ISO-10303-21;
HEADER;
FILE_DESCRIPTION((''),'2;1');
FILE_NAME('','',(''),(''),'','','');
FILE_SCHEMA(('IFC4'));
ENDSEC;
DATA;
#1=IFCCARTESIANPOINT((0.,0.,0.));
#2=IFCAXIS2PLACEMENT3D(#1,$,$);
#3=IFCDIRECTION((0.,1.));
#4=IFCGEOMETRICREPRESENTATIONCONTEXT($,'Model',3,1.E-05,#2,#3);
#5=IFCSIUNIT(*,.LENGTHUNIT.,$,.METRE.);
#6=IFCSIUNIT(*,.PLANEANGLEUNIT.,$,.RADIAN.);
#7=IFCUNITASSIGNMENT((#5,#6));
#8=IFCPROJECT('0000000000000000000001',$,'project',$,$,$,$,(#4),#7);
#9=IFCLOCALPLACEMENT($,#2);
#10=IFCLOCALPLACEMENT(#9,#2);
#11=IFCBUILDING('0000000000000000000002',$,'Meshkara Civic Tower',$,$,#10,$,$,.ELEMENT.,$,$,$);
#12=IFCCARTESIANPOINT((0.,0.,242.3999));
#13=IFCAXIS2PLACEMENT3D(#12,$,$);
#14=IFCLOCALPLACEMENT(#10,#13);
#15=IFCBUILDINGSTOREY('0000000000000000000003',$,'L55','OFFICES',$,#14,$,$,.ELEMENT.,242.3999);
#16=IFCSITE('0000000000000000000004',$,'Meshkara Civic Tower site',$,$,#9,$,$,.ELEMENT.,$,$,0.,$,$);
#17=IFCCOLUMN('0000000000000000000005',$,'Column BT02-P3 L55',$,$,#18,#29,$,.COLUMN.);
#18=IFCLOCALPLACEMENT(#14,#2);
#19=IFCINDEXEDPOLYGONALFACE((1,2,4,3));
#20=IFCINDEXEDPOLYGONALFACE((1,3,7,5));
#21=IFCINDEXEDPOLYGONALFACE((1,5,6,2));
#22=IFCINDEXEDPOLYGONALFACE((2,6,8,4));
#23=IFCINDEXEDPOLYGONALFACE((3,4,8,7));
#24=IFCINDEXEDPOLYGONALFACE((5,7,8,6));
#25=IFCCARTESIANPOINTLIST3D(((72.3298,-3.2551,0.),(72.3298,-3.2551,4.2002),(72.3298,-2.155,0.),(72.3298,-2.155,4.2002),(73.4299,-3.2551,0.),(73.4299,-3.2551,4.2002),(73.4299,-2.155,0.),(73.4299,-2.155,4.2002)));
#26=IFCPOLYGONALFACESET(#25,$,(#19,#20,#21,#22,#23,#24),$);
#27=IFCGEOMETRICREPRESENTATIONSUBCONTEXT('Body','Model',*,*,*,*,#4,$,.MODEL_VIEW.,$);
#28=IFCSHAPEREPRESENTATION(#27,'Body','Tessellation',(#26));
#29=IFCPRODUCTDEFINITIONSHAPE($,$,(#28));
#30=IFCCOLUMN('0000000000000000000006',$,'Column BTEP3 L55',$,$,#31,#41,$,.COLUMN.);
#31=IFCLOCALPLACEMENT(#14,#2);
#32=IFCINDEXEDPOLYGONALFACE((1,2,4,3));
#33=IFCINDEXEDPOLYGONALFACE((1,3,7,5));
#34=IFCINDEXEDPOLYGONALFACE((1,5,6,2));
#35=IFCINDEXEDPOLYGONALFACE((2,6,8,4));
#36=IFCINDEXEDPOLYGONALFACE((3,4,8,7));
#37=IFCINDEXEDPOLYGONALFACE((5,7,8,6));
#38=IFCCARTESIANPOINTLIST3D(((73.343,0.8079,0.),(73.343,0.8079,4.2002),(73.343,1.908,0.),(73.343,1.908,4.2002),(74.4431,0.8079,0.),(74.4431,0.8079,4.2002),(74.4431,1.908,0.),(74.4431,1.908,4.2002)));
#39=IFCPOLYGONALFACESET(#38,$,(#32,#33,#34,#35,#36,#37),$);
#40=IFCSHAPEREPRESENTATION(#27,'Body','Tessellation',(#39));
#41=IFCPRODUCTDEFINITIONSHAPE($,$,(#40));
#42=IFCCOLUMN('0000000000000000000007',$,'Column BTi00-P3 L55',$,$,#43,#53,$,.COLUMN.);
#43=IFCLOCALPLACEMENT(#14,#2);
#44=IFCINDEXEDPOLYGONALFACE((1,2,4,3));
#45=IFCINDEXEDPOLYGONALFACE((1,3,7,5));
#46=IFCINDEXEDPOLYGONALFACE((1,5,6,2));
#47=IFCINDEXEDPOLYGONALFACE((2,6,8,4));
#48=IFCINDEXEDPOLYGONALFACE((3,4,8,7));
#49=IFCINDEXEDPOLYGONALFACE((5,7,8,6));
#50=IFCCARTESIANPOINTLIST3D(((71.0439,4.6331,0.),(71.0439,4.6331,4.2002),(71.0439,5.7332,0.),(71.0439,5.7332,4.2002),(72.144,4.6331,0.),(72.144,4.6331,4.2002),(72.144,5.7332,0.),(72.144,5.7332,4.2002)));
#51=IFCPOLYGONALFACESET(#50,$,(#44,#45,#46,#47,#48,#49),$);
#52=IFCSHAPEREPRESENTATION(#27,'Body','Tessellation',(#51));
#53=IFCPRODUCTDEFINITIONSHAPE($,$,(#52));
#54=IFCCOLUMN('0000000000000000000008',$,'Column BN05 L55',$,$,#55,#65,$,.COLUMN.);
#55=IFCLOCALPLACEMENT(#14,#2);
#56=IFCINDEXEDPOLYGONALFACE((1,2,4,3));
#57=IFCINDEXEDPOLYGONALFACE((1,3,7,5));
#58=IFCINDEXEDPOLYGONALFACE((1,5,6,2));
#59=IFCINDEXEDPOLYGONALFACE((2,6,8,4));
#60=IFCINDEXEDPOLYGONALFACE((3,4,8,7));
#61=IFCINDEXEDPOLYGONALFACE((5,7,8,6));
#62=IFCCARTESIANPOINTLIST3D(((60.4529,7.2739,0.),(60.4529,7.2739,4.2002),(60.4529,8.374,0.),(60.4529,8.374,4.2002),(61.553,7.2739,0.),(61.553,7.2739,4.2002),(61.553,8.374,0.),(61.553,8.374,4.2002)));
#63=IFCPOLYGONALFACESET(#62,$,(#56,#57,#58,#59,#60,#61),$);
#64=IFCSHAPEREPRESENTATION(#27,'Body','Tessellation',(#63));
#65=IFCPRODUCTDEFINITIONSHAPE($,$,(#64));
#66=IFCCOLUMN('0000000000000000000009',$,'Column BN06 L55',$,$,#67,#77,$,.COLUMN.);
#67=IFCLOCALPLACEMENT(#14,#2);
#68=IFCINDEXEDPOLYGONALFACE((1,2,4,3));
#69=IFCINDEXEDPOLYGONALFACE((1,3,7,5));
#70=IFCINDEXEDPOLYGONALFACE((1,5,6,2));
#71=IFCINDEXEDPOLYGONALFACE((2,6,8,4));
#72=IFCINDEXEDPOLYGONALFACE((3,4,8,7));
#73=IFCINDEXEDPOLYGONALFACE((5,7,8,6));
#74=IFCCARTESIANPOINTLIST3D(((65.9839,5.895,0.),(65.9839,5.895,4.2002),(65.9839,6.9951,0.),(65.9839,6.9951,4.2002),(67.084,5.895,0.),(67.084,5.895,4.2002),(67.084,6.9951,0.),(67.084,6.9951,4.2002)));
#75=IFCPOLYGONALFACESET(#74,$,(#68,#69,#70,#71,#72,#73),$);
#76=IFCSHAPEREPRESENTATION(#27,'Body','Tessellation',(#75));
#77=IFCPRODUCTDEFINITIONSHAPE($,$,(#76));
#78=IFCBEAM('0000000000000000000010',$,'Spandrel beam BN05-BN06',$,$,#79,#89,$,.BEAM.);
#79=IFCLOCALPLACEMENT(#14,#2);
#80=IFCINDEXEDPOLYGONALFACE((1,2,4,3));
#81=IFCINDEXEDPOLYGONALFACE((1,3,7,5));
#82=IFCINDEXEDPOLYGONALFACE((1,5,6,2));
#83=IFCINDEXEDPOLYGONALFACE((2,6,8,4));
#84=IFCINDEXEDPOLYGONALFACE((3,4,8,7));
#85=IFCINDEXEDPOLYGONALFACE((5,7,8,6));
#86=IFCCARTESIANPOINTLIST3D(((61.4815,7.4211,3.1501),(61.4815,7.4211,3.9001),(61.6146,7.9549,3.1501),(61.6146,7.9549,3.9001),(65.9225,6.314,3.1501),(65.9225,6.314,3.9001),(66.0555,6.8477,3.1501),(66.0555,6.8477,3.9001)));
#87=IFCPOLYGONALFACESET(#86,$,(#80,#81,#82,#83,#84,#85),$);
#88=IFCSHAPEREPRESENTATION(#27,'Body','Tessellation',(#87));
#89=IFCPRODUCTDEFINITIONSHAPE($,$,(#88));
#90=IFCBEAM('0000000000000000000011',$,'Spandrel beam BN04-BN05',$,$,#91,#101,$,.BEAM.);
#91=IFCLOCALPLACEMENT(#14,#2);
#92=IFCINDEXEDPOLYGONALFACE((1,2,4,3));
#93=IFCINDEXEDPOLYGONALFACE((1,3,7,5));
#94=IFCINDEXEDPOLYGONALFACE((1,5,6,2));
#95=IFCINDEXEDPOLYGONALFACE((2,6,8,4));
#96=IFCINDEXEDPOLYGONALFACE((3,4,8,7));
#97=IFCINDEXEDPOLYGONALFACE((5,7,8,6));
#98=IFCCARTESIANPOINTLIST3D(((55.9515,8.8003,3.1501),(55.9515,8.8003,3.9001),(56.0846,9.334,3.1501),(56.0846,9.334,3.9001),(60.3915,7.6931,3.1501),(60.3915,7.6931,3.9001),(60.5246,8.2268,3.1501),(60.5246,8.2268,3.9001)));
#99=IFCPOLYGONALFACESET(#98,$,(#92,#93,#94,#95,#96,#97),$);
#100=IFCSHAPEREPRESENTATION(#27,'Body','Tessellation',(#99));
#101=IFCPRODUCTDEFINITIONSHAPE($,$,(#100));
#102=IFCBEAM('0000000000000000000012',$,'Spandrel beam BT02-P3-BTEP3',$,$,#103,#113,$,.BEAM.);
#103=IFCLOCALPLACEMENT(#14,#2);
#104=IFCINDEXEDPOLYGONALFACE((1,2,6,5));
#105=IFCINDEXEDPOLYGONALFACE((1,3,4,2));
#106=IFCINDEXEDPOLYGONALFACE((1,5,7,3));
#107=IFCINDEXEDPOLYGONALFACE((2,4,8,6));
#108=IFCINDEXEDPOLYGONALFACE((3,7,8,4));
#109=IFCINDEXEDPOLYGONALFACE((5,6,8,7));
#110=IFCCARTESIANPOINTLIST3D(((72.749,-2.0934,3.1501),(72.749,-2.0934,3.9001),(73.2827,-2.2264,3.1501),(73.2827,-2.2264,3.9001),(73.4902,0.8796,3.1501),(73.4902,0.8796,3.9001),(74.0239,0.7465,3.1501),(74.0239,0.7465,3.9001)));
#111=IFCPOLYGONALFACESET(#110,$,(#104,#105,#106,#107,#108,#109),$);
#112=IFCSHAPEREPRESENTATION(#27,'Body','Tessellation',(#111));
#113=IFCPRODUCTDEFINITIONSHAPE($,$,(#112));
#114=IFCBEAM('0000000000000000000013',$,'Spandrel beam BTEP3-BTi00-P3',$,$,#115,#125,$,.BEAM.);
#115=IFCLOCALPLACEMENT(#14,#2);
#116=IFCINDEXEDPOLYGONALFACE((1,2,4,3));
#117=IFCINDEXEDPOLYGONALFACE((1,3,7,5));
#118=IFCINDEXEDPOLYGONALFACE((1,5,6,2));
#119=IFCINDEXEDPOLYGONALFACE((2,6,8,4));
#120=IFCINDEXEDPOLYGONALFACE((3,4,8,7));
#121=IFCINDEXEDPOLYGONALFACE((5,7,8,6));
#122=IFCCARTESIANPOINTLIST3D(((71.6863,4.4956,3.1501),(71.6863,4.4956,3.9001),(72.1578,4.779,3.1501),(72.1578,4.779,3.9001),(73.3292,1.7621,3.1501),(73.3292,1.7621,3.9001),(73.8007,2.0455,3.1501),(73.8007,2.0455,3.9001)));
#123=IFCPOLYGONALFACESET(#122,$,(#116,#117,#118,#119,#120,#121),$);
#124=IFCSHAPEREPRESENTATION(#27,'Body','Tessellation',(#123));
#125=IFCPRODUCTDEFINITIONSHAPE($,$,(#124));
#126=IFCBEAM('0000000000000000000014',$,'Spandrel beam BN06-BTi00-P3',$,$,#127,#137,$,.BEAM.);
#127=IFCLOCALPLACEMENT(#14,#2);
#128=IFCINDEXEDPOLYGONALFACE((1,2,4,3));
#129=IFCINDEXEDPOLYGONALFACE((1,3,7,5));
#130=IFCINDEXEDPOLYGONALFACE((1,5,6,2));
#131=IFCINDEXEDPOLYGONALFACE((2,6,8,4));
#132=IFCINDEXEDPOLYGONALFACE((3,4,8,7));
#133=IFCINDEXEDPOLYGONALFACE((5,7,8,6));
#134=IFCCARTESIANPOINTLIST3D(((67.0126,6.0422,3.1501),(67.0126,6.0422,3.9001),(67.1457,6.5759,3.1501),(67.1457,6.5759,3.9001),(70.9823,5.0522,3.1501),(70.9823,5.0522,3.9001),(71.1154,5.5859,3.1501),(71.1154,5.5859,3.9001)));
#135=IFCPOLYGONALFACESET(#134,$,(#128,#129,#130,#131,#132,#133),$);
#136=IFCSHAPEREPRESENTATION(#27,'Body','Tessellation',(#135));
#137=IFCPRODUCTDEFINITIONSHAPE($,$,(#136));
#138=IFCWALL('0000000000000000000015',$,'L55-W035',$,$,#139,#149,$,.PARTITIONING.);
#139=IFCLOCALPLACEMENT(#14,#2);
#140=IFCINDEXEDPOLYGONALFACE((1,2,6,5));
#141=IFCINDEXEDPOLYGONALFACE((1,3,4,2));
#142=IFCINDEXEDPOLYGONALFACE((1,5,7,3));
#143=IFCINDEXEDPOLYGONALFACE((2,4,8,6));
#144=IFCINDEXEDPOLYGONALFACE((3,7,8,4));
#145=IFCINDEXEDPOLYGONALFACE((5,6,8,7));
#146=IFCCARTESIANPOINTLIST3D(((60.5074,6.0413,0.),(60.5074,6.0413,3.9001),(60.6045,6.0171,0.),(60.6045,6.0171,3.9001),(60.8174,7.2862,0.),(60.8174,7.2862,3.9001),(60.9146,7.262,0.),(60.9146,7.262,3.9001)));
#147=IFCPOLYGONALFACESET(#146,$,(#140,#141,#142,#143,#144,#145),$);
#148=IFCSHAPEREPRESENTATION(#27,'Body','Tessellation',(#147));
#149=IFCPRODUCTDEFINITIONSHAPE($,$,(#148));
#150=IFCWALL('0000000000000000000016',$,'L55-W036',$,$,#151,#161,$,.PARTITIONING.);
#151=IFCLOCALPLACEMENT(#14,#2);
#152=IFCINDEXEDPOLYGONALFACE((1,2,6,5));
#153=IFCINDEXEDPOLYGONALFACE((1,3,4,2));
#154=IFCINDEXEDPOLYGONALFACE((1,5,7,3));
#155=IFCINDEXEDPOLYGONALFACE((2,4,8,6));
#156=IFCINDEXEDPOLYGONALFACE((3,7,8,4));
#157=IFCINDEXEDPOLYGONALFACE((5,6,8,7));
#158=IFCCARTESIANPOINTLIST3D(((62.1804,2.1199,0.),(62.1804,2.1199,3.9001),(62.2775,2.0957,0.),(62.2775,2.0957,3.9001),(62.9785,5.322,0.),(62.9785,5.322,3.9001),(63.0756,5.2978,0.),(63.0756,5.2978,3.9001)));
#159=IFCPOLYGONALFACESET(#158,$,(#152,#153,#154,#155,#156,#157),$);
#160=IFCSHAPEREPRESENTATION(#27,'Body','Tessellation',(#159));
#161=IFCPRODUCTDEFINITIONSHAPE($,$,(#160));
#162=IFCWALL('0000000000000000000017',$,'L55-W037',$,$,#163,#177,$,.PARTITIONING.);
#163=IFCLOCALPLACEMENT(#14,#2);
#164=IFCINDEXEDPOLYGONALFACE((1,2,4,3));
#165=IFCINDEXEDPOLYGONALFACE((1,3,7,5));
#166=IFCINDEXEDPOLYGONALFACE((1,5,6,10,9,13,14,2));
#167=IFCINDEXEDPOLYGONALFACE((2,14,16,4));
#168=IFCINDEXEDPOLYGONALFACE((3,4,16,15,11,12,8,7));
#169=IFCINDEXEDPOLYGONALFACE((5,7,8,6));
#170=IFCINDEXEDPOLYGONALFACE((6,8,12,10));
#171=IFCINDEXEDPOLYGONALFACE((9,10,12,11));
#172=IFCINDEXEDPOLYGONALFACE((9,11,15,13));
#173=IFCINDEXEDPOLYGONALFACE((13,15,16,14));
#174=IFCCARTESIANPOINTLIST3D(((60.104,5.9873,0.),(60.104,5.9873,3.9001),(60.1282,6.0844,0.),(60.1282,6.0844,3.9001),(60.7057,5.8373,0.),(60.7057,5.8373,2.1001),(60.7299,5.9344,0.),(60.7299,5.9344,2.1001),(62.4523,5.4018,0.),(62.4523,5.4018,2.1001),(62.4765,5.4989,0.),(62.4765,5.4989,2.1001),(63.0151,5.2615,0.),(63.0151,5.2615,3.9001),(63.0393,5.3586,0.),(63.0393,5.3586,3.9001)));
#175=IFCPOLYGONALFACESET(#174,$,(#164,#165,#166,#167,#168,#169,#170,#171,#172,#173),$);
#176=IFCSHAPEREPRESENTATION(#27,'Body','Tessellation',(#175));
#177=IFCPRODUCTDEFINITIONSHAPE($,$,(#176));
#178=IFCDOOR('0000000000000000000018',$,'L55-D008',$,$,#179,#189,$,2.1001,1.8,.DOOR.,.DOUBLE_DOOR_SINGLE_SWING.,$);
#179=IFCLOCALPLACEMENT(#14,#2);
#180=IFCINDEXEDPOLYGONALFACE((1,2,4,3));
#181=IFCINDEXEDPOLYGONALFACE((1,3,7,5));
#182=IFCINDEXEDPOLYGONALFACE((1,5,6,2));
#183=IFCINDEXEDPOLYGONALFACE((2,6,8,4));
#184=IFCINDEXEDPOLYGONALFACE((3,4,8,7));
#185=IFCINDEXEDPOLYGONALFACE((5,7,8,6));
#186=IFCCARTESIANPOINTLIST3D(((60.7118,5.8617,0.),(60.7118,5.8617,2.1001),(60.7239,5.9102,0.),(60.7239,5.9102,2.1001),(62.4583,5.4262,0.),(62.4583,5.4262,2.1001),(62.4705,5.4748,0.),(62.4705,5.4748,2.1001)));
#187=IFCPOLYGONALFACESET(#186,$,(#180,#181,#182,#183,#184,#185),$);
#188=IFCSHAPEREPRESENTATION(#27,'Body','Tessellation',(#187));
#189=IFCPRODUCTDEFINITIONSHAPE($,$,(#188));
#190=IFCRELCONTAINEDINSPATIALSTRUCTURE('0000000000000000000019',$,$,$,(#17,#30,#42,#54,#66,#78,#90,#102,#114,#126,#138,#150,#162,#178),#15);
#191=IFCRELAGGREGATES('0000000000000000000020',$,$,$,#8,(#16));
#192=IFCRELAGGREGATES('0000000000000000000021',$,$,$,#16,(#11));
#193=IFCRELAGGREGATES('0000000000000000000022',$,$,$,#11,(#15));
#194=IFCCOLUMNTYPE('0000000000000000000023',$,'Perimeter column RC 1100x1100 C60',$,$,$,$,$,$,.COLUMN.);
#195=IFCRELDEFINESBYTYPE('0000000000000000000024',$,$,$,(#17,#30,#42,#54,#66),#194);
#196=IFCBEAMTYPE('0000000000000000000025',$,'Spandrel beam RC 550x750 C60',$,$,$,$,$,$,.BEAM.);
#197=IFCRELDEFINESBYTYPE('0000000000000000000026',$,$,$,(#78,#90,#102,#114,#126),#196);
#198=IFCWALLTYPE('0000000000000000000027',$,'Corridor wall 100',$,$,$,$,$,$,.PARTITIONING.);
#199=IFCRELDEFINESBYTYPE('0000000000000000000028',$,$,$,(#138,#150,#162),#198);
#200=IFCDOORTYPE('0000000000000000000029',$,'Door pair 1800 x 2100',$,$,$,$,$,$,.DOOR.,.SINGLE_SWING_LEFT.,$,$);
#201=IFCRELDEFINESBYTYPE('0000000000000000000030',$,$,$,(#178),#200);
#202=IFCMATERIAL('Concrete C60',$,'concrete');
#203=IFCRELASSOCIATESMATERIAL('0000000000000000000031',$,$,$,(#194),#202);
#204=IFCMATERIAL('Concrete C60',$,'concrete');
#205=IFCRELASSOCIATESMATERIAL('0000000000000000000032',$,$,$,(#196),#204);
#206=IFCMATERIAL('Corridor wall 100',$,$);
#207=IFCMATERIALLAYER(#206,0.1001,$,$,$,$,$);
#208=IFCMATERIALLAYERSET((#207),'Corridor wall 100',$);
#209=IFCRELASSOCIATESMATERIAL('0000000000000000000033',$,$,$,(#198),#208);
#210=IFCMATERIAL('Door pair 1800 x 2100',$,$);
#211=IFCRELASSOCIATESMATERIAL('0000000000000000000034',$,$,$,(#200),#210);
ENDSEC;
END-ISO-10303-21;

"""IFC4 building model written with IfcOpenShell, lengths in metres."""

from ifc_helpers import new_model, si_unit, direction, frame, frame_2d, origin, origin_2d, place, context, subcontext, project, spatial, rectangle, extrude, material, layer, layer_set, material_profile, profile_set, type_object, element, fill, save


model = new_model("IFC4")

# Units and contexts
model_context = context("Model", 3, precision=1e-05, world=origin(), true_north=direction((0.0, 1.0)))
body_context = subcontext(model_context, "Body", "Model", "MODEL_VIEW")
ifc_project = project(units=[si_unit("LENGTHUNIT", "METRE"), si_unit("PLANEANGLEUNIT", "RADIAN")], contexts=[model_context])

# Site, building, storey
site_placement = place(None, origin())
site = spatial("IfcSite", under=ifc_project, at=site_placement, Name="Meshkara Civic Tower site", CompositionType="ELEMENT", RefElevation=0.0)
building_placement = place(site_placement, origin())
building = spatial("IfcBuilding", under=site, at=building_placement, Name="Meshkara Civic Tower", CompositionType="ELEMENT")
storey_placement = place(building_placement, frame((0.0, 0.0, 242.3999)))
storey = spatial("IfcBuildingStorey", under=building, at=storey_placement, Name="L55", Description="OFFICES", CompositionType="ELEMENT", Elevation=242.3999)

# Columns
ifc_material_1 = material(Name="Concrete C60", Category="concrete")
ifc_material_profile_1 = material_profile(ifc_material_1, rectangle(XDim=1.1001, YDim=1.1001, at=origin_2d()))
ifc_profile_set_1 = profile_set([ifc_material_profile_1], Name="Concrete C60")
column_type = type_object("IfcColumnType", Name="Perimeter column RC 1100x1100 C60", PredefinedType="COLUMN", material=ifc_profile_set_1)
for number, where, z_axis, x_axis, name in (
    (1, (72.8799, -2.7051, 0.0), (0.0, 0.0, 1.0), (1.0, 0.0, 0.0), "Column BT02-P3 L55"),
    (2, (73.8931, 1.3579, 0.0), (0.0, 0.0, 1.0), (1.0, 0.0, 0.0), "Column BTEP3 L55"),
    (3, (71.594, 5.1831, 0.0), (0.0, 0.0, 1.0), (1.0, 0.0, 0.0), "Column BTi00-P3 L55"),
    (4, (61.0029, 7.824, 0.0), (0.0, 0.0, 1.0), (1.0, 0.0, 0.0), "Column BN05 L55"),
    (5, (66.5339, 6.4451, 0.0), (0.0, 0.0, 1.0), (1.0, 0.0, 0.0), "Column BN06 L55"),
):
    element("IfcColumn", number, at=place(storey_placement, frame(where, z_axis=z_axis, x_axis=x_axis)), inside=storey, type_object=column_type, Name=name, PredefinedType="COLUMN", context=body_context, shape_type="SweptSolid", body=[
        extrude(rectangle(XDim=1.1001, YDim=1.1001, at=origin_2d()), origin(), (0.0, 0.0, 1.0), 4.2002),
    ])

# Beams
ifc_material_2 = material(Name="Concrete C60", Category="concrete")
ifc_material_profile_2 = material_profile(ifc_material_2, rectangle(XDim=0.55, YDim=0.75, at=origin_2d()))
ifc_profile_set_2 = profile_set([ifc_material_profile_2], Name="Concrete C60")
beam_type = type_object("IfcBeamType", Name="Spandrel beam RC 550x750 C60", PredefinedType="BEAM", material=ifc_profile_set_2)
beam_1_placement = place(storey_placement, frame((65.989, 6.5808, 3.5251), z_axis=(-0.970299, 0.241908, 0.0), x_axis=(-0.241908, -0.970299, 0.0)))
element("IfcBeam", 6, at=beam_1_placement, inside=storey, type_object=beam_type, Name="Spandrel beam BN05-BN06", PredefinedType="BEAM", context=body_context, shape_type="SweptSolid", body=[
    extrude(rectangle(XDim=0.55, YDim=0.75, at=origin_2d()), origin(), (0.0, 0.0, 1.0), 4.5769),
])
beam_2_placement = place(storey_placement, frame((60.458, 7.96, 3.5251), z_axis=(-0.970287, 0.241958, 0.0), x_axis=(-0.241958, -0.970287, 0.0)))
element("IfcBeam", 7, at=beam_2_placement, inside=storey, type_object=beam_type, Name="Spandrel beam BN04-BN05", PredefinedType="BEAM", context=body_context, shape_type="SweptSolid", body=[
    extrude(rectangle(XDim=0.55, YDim=0.75, at=origin_2d()), origin(), (0.0, 0.0, 1.0), 4.5759),
])
beam_3_placement = place(storey_placement, frame((73.0159, -2.1599, 3.5251), z_axis=(0.241917, 0.970297, 0.0), x_axis=(-0.970297, 0.241917, 0.0)))
element("IfcBeam", 8, at=beam_3_placement, inside=storey, type_object=beam_type, Name="Spandrel beam BT02-P3-BTEP3", PredefinedType="BEAM", context=body_context, shape_type="SweptSolid", body=[
    extrude(rectangle(XDim=0.55, YDim=0.75, at=origin_2d()), origin(), (0.0, 0.0, 1.0), 3.064),
])
beam_4_placement = place(storey_placement, frame((73.5649, 1.9038, 3.5251), z_axis=(-0.515137, 0.857108, 0.0), x_axis=(-0.857108, -0.515137, 0.0)))
element("IfcBeam", 9, at=beam_4_placement, inside=storey, type_object=beam_type, Name="Spandrel beam BTEP3-BTi00-P3", PredefinedType="BEAM", context=body_context, shape_type="SweptSolid", body=[
    extrude(rectangle(XDim=0.55, YDim=0.75, at=origin_2d()), origin(), (0.0, 0.0, 1.0), 3.1892),
])
beam_5_placement = place(storey_placement, frame((71.0488, 5.3191, 3.5251), z_axis=(-0.970283, 0.241974, 0.0), x_axis=(-0.241974, -0.970283, 0.0)))
element("IfcBeam", 10, at=beam_5_placement, inside=storey, type_object=beam_type, Name="Spandrel beam BN06-BTi00-P3", PredefinedType="BEAM", context=body_context, shape_type="SweptSolid", body=[
    extrude(rectangle(XDim=0.55, YDim=0.75, at=origin_2d()), origin(), (0.0, 0.0, 1.0), 4.0913),
])

# Walls
ifc_material_3 = material(Name="Corridor wall 100")
ifc_layer_1 = layer(ifc_material_3, 0.1001)
ifc_layer_set_1 = layer_set([ifc_layer_1], Name="Corridor wall 100")
wall_type_1 = type_object("IfcWallType", Name="Corridor wall 100", PredefinedType="PARTITIONING", material=ifc_layer_set_1)
wall_1_placement = place(storey_placement, frame((60.5559, 6.0291, 0.0), z_axis=(0.0, 0.0, 1.0), x_axis=(0.241685, 0.970355, 0.0)))
element("IfcWall", 11, at=wall_1_placement, inside=storey, type_object=wall_type_1, Name="L55-W035", PredefinedType="PARTITIONING", context=body_context, shape_type="SweptSolid", body=[
    extrude(rectangle(XDim=1.283, YDim=0.1001, at=frame_2d((0.6416, 0.0))), origin(), (0.0, 0.0, 1.0), 3.9001),
])
wall_2_placement = place(storey_placement, frame((62.229, 2.1079, 0.0), z_axis=(0.0, 0.0, 1.0), x_axis=(0.241839, 0.970316, 0.0)))
element("IfcWall", 12, at=wall_2_placement, inside=storey, type_object=wall_type_1, Name="L55-W036", PredefinedType="PARTITIONING", context=body_context, shape_type="SweptSolid", body=[
    extrude(rectangle(XDim=3.3, YDim=0.1001, at=frame_2d((1.6499, 0.0))), origin(), (0.0, 0.0, 1.0), 3.9001),
])

# Wall, opening, door
wall_3_placement = place(storey_placement, frame((63.0271, 5.3101, 0.0), z_axis=(0.0, 0.0, 1.0), x_axis=(-0.970295, 0.241923, 0.0)))
wall_3 = element("IfcWall", 13, at=wall_3_placement, inside=storey, type_object=wall_type_1, Name="L55-W037", PredefinedType="PARTITIONING", context=body_context, shape_type="SweptSolid", body=[
    extrude(rectangle(XDim=3.0002, YDim=0.1001, at=frame_2d((1.5, 0.0))), origin(), (0.0, 0.0, 1.0), 3.9001),
])
opening_1_placement = place(wall_3_placement, frame((0.5801, 0.0, 0.0)))
opening_1 = element("IfcOpeningElement", 14, at=opening_1_placement, cuts=wall_3, PredefinedType="OPENING", context=body_context, shape_type="SweptSolid", body=[
    extrude(rectangle(XDim=1.8, YDim=2.1001, at=frame_2d((0.8999, 1.05))), frame((0.0, 0.0601, 0.0), z_axis=(0.0, -1.0, 0.0), x_axis=(1.0, 0.0, 0.0)), (0.0, 0.0, 1.0), 0.1201),
])
ifc_material_4 = material(Name="Door pair 1800 x 2100")
door_type_1 = type_object("IfcDoorType", Name="Door pair 1800 x 2100", OperationType="SINGLE_SWING_LEFT", PredefinedType="DOOR", material=ifc_material_4)
door_1_placement = place(opening_1_placement, origin())
door_1 = element("IfcDoor", 15, at=door_1_placement, inside=storey, type_object=door_type_1, Name="L55-D008", OperationType="DOUBLE_DOOR_SINGLE_SWING", OverallHeight=2.1001, OverallWidth=1.8, PredefinedType="DOOR", context=body_context, shape_type="SweptSolid", body=[
    extrude(rectangle(XDim=1.8, YDim=2.1001, at=frame_2d((0.8999, 1.05))), frame((0.0, 0.0249, 0.0), z_axis=(0.0, -1.0, 0.0), x_axis=(1.0, 0.0, 0.0)), (0.0, 0.0, 1.0), 0.05),
])
fill(opening_1, door_1)

save(model, "model.ifc")
